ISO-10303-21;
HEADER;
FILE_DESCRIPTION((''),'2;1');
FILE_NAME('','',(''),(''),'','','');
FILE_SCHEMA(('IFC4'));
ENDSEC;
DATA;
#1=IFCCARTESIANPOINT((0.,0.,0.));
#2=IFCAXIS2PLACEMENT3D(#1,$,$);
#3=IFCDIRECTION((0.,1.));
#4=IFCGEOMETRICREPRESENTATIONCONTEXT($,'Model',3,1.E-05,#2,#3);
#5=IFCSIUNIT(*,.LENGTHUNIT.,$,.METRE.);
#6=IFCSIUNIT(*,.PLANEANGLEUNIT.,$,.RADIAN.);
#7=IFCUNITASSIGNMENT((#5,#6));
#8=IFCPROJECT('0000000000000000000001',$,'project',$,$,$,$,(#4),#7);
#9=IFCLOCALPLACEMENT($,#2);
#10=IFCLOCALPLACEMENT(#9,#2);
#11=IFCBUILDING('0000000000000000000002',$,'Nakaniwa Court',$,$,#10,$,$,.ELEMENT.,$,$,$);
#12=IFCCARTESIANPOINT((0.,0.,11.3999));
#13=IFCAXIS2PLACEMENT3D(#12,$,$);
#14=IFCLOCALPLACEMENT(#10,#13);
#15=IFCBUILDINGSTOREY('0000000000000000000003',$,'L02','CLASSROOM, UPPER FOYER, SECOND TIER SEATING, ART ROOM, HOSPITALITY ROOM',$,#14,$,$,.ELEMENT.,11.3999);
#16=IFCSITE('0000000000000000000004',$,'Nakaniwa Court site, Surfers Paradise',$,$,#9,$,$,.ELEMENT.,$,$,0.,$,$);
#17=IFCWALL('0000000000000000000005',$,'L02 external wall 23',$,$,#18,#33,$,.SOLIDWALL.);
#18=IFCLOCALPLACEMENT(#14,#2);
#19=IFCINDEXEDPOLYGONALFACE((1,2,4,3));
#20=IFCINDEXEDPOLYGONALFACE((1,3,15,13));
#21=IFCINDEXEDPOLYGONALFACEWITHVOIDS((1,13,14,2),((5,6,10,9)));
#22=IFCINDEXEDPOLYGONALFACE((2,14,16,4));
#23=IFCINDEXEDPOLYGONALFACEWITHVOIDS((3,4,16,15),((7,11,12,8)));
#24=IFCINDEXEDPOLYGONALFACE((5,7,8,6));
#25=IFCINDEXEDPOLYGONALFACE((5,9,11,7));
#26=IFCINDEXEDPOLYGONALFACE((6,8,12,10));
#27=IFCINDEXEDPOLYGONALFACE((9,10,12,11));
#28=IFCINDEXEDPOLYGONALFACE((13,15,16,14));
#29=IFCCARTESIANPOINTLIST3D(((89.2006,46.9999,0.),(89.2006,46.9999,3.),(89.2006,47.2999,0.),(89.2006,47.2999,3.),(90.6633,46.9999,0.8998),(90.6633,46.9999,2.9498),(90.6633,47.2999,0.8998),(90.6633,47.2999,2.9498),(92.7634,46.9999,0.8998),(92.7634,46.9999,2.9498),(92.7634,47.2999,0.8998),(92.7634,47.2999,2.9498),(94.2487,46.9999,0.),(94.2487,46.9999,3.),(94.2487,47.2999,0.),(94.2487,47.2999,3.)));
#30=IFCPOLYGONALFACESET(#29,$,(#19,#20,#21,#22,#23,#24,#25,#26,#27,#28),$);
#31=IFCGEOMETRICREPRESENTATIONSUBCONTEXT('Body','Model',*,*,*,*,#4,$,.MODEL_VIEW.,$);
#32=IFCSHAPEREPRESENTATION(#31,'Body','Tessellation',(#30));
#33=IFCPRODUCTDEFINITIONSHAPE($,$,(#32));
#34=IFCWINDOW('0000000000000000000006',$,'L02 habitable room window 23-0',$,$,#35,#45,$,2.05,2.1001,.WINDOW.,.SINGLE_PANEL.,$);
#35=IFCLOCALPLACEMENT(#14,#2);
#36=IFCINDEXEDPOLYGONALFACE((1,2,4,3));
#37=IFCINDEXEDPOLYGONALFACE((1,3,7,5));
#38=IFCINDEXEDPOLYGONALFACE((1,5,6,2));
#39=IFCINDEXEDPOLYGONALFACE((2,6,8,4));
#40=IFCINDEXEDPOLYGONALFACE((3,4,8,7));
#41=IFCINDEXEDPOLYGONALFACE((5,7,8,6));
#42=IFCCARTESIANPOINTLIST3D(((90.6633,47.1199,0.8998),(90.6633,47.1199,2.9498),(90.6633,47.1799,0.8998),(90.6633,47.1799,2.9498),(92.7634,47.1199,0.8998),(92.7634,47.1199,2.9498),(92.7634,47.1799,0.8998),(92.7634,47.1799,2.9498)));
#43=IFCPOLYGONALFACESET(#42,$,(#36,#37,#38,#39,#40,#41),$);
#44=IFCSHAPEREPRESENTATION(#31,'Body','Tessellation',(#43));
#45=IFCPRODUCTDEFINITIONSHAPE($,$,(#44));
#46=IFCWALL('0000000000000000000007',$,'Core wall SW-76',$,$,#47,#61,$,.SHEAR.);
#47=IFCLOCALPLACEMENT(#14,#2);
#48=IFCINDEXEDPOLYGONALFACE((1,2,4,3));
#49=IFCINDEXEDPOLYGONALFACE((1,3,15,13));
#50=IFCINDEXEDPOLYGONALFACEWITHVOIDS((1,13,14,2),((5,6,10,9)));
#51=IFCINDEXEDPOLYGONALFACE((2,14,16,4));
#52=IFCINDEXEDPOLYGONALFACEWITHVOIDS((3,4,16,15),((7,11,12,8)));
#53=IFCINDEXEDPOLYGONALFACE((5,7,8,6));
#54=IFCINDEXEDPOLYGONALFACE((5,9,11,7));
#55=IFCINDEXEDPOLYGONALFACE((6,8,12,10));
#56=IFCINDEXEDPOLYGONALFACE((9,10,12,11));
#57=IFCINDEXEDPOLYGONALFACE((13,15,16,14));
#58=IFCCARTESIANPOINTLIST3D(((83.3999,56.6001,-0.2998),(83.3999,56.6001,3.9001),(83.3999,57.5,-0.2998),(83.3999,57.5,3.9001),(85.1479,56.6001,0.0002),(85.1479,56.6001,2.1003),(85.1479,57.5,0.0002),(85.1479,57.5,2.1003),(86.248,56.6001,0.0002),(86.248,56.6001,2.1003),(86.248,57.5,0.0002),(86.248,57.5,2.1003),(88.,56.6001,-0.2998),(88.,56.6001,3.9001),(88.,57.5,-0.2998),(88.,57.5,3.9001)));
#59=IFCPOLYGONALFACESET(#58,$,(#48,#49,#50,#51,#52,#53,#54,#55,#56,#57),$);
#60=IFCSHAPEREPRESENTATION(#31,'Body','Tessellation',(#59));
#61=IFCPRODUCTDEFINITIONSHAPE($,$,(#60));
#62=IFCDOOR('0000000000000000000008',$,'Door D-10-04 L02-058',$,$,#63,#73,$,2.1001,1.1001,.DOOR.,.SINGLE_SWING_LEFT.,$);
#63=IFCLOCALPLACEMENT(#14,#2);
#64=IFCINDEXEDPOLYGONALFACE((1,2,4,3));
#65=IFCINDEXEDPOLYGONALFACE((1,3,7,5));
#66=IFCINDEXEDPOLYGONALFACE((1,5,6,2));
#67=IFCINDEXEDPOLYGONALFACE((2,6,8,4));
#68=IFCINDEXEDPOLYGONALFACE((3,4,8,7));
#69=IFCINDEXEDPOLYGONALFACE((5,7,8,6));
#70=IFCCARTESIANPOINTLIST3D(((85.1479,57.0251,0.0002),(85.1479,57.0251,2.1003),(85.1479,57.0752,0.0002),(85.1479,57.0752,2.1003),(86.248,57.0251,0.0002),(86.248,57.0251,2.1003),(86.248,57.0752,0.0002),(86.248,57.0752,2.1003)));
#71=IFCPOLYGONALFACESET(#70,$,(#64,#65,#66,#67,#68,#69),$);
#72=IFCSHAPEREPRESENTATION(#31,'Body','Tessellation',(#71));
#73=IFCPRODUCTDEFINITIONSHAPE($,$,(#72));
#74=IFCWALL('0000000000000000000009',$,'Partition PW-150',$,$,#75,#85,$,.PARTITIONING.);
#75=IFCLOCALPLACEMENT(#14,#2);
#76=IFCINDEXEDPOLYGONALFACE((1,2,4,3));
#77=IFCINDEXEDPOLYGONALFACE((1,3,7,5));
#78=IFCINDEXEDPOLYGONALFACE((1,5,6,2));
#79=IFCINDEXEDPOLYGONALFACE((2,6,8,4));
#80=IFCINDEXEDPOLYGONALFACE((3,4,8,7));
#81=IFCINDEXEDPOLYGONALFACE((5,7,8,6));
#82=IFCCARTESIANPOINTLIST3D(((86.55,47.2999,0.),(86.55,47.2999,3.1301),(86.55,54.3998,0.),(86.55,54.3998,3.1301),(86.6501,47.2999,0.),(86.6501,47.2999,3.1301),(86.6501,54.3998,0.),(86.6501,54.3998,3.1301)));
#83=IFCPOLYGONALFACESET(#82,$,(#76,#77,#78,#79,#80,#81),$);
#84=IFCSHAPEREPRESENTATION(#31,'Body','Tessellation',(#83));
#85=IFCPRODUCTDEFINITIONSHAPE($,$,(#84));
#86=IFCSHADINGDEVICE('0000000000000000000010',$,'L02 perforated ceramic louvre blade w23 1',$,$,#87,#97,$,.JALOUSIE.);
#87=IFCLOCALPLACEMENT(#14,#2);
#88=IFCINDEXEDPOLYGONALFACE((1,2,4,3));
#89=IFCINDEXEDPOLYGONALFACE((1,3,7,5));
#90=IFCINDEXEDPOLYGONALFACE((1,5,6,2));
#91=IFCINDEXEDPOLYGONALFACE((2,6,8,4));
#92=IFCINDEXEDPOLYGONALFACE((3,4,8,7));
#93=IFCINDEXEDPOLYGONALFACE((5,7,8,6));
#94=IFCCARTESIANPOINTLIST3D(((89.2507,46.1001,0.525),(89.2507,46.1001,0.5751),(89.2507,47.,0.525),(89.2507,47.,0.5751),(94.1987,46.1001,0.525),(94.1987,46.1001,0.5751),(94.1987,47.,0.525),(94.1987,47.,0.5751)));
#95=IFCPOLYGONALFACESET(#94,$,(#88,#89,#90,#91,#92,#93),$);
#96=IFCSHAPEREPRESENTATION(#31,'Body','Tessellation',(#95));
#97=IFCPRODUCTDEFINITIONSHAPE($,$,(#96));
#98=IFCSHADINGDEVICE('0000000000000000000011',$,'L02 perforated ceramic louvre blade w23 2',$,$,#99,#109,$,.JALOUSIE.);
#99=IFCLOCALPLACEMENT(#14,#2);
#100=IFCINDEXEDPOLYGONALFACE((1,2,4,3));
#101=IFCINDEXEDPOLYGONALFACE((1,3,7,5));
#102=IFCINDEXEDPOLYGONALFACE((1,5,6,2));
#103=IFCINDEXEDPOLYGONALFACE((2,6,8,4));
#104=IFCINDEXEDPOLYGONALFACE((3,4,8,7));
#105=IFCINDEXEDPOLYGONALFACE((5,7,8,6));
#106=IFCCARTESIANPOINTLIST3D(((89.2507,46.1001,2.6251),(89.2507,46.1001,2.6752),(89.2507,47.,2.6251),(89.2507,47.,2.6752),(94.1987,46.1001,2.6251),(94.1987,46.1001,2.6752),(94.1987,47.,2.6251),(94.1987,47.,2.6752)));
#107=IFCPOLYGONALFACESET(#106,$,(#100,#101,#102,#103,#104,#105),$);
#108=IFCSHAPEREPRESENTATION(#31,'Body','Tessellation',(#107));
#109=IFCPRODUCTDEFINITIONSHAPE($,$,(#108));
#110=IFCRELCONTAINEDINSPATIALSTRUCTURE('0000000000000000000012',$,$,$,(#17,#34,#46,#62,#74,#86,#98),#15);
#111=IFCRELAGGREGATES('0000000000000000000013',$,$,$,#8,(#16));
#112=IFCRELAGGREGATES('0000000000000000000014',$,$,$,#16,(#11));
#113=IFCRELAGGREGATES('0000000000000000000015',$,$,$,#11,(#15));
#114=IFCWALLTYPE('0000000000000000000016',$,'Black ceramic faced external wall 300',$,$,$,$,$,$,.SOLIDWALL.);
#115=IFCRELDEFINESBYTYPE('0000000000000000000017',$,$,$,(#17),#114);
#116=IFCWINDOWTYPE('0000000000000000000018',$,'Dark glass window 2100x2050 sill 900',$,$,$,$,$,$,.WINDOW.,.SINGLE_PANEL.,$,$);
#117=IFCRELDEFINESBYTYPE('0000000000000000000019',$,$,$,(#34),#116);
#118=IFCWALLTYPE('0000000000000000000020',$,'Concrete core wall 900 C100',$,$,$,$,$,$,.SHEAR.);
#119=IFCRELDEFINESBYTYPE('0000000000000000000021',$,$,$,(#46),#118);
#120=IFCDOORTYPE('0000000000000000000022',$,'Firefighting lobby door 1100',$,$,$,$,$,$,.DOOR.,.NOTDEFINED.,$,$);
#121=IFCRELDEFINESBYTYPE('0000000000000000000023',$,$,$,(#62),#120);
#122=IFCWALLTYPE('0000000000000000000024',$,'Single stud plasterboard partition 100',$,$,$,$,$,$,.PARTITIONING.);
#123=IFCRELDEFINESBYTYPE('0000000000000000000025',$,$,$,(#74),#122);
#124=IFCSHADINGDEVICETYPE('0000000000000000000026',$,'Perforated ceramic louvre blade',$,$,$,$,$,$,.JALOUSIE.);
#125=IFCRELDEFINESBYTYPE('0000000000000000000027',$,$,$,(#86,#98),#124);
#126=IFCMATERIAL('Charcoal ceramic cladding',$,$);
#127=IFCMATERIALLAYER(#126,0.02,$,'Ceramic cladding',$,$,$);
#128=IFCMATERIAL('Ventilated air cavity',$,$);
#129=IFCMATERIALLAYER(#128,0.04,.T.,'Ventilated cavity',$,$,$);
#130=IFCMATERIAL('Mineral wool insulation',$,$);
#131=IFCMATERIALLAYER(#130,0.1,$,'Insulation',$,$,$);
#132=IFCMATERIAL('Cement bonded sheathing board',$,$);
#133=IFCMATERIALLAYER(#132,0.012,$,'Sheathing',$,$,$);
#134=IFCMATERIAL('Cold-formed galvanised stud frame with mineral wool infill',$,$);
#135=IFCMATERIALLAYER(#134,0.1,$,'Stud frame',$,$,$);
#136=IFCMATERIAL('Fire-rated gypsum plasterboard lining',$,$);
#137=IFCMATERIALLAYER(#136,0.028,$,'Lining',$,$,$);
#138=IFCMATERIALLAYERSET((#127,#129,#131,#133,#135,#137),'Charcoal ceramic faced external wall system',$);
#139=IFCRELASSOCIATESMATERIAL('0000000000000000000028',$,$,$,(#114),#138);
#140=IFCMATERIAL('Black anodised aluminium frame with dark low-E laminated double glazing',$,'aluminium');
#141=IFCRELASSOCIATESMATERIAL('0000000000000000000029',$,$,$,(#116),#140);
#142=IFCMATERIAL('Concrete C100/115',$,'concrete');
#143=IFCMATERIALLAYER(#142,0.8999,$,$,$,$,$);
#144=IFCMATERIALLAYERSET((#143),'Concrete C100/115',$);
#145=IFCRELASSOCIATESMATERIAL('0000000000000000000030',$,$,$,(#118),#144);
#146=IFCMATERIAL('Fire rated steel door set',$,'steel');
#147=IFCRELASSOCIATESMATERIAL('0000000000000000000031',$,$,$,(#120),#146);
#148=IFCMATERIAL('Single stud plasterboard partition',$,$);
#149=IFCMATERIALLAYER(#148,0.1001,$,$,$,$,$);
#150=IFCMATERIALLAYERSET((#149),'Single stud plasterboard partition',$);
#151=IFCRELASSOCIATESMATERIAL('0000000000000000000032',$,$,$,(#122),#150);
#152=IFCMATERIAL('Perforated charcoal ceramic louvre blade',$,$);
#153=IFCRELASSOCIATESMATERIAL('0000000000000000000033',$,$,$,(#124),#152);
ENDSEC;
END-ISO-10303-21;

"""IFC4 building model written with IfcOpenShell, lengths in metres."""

from ifc_helpers import new_model, si_unit, direction, frame, frame_2d, origin, origin_2d, place, context, subcontext, project, spatial, rectangle, extrude, material, layer, layer_set, material_profile, profile_set, type_object, element, fill, save


model = new_model("IFC4")

# Units and contexts
model_context = context("Model", 3, precision=1e-05, world=origin(), true_north=direction((0.0, 1.0)))
body_context = subcontext(model_context, "Body", "Model", "MODEL_VIEW")
ifc_project = project(units=[si_unit("LENGTHUNIT", "METRE"), si_unit("PLANEANGLEUNIT", "RADIAN")], contexts=[model_context])

# Site, building, storey
site_placement = place(None, origin())
site = spatial("IfcSite", under=ifc_project, at=site_placement, Name="Nakaniwa Court site, Surfers Paradise", CompositionType="ELEMENT", RefElevation=0.0)
building_placement = place(site_placement, origin())
building = spatial("IfcBuilding", under=site, at=building_placement, Name="Nakaniwa Court", CompositionType="ELEMENT")
storey_placement = place(building_placement, frame((0.0, 0.0, 11.3999)))
storey = spatial("IfcBuildingStorey", under=building, at=storey_placement, Name="L02", Description="CLASSROOM, UPPER FOYER, SECOND TIER SEATING, ART ROOM, HOSPITALITY ROOM", CompositionType="ELEMENT", Elevation=11.3999)

# Shared definitions
ifc_material_1 = material(Name="Concrete C100/115", Category="concrete")

# Wall, opening, window
ifc_material_2 = material(Name="Charcoal ceramic cladding")
ifc_layer_1 = layer(ifc_material_2, 0.02, Name="Ceramic cladding")
ifc_material_3 = material(Name="Ventilated air cavity")
ifc_layer_2 = layer(ifc_material_3, 0.04, ventilated=True, Name="Ventilated cavity")
ifc_material_4 = material(Name="Mineral wool insulation")
ifc_layer_3 = layer(ifc_material_4, 0.1, Name="Insulation")
ifc_material_5 = material(Name="Cement bonded sheathing board")
ifc_layer_4 = layer(ifc_material_5, 0.012, Name="Sheathing")
ifc_material_6 = material(Name="Cold-formed galvanised stud frame with mineral wool infill")
ifc_layer_5 = layer(ifc_material_6, 0.1, Name="Stud frame")
ifc_material_7 = material(Name="Fire-rated gypsum plasterboard lining")
ifc_layer_6 = layer(ifc_material_7, 0.028, Name="Lining")
ifc_layer_set_1 = layer_set([ifc_layer_1, ifc_layer_2, ifc_layer_3, ifc_layer_4, ifc_layer_5, ifc_layer_6], Name="Charcoal ceramic faced external wall system")
wall_type_1 = type_object("IfcWallType", Name="Black ceramic faced external wall 300", PredefinedType="SOLIDWALL", material=ifc_layer_set_1)
wall_1_placement = place(storey_placement, frame((89.2007, 47.1499, 0.0), z_axis=(0.0, 0.0, 1.0), x_axis=(1.0, 0.0, 0.0)))
wall_1 = element("IfcWall", 1, at=wall_1_placement, inside=storey, type_object=wall_type_1, Name="L02 external wall 23", PredefinedType="SOLIDWALL", context=body_context, shape_type="SweptSolid", body=[
    extrude(rectangle(XDim=5.0481, YDim=0.3, at=frame_2d((2.5239, 0.0))), origin(), (0.0, 0.0, 1.0), 3.0),
])
opening_1_placement = place(wall_1_placement, frame((1.4626, 0.0, 0.8999)))
opening_1 = element("IfcOpeningElement", 2, at=opening_1_placement, cuts=wall_1, PredefinedType="OPENING", context=body_context, shape_type="SweptSolid", body=[
    extrude(rectangle(XDim=2.1001, YDim=2.05, at=frame_2d((1.05, 1.0249))), frame((0.0, 0.1599, 0.0), z_axis=(0.0, -1.0, 0.0), x_axis=(1.0, 0.0, 0.0)), (0.0, 0.0, 1.0), 0.3201),
])
ifc_material_8 = material(Name="Black anodised aluminium frame with dark low-E laminated double glazing", Category="aluminium")
window_type = type_object("IfcWindowType", Name="Dark glass window 2100x2050 sill 900", PartitioningType="SINGLE_PANEL", PredefinedType="WINDOW", material=ifc_material_8)
window_placement = place(opening_1_placement, origin())
window = element("IfcWindow", 3, at=window_placement, inside=storey, type_object=window_type, Name="L02 habitable room window 23-0", OverallHeight=2.05, OverallWidth=2.1001, PartitioningType="SINGLE_PANEL", PredefinedType="WINDOW", context=body_context, shape_type="SweptSolid", body=[
    extrude(rectangle(XDim=2.1001, YDim=2.05, at=frame_2d((1.05, 1.0249))), frame((0.0, 0.03, 0.0), z_axis=(0.0, -1.0, 0.0), x_axis=(1.0, 0.0, 0.0)), (0.0, 0.0, 1.0), 0.0601),
])
fill(opening_1, window)

# Wall, opening, door
ifc_layer_7 = layer(ifc_material_1, 0.8999)
ifc_layer_set_2 = layer_set([ifc_layer_7], Name="Concrete C100/115")
wall_type_2 = type_object("IfcWallType", Name="Concrete core wall 900 C100", PredefinedType="SHEAR", material=ifc_layer_set_2)
wall_2_placement = place(storey_placement, frame((88.0, 57.05, -0.2998), z_axis=(0.0, 0.0, 1.0), x_axis=(-1.0, 0.0, 0.0)))
wall_2 = element("IfcWall", 4, at=wall_2_placement, inside=storey, type_object=wall_type_2, Name="Core wall SW-76", PredefinedType="SHEAR", context=body_context, shape_type="SweptSolid", body=[
    extrude(rectangle(XDim=4.6001, YDim=0.8999, at=frame_2d((2.3, 0.0))), origin(), (0.0, 0.0, 1.0), 4.2),
])
opening_2_placement = place(wall_2_placement, frame((1.752, 0.0, 0.3)))
opening_2 = element("IfcOpeningElement", 5, at=opening_2_placement, cuts=wall_2, PredefinedType="OPENING", context=body_context, shape_type="SweptSolid", body=[
    extrude(rectangle(XDim=1.1001, YDim=2.1001, at=frame_2d((0.55, 1.05))), frame((0.0, 0.46, 0.0), z_axis=(0.0, -1.0, 0.0), x_axis=(1.0, 0.0, 0.0)), (0.0, 0.0, 1.0), 0.9199),
])
ifc_material_9 = material(Name="Fire rated steel door set", Category="steel")
door_type_1 = type_object("IfcDoorType", Name="Firefighting lobby door 1100", OperationType="NOTDEFINED", PredefinedType="DOOR", material=ifc_material_9)
door_1_placement = place(opening_2_placement, origin())
door_1 = element("IfcDoor", 6, at=door_1_placement, inside=storey, type_object=door_type_1, Name="Door D-10-04 L02-058", OperationType="SINGLE_SWING_LEFT", OverallHeight=2.1001, OverallWidth=1.1001, PredefinedType="DOOR", context=body_context, shape_type="SweptSolid", body=[
    extrude(rectangle(XDim=1.1001, YDim=2.1001, at=frame_2d((0.55, 1.05))), frame((0.0, 0.0249, 0.0), z_axis=(0.0, -1.0, 0.0), x_axis=(1.0, 0.0, 0.0)), (0.0, 0.0, 1.0), 0.05),
])
fill(opening_2, door_1)

# Wall
ifc_material_10 = material(Name="Single stud plasterboard partition")
ifc_layer_8 = layer(ifc_material_10, 0.1001)
ifc_layer_set_3 = layer_set([ifc_layer_8], Name="Single stud plasterboard partition")
wall_type_3 = type_object("IfcWallType", Name="Single stud plasterboard partition 100", PredefinedType="PARTITIONING", material=ifc_layer_set_3)
wall_3_placement = place(storey_placement, frame((86.6001, 47.3, 0.0), z_axis=(0.0, 0.0, 1.0), x_axis=(0.0, 1.0, 0.0)))
element("IfcWall", 7, at=wall_3_placement, inside=storey, type_object=wall_type_3, Name="Partition PW-150", PredefinedType="PARTITIONING", context=body_context, shape_type="SweptSolid", body=[
    extrude(rectangle(XDim=7.0999, YDim=0.1001, at=frame_2d((3.5498, 0.0))), origin(), (0.0, 0.0, 1.0), 3.1301),
])

# Shading devices
ifc_material_11 = material(Name="Perforated charcoal ceramic louvre blade")
ifc_material_profile_1 = material_profile(ifc_material_11, rectangle(XDim=0.8999, YDim=0.05, at=origin_2d()), Name="Perforated ceramic louvre blade")
ifc_profile_set_1 = profile_set([ifc_material_profile_1], Name="Perforated charcoal ceramic louvre blade")
shading_device_type = type_object("IfcShadingDeviceType", Name="Perforated ceramic louvre blade", PredefinedType="JALOUSIE", material=ifc_profile_set_1)
for number, where, z_axis, x_axis, name in (
    (8, (89.2507, 46.55, 0.55), (1.0, 0.0, 0.0), (0.0, 1.0, 0.0), "L02 perforated ceramic louvre blade w23 1"),
    (9, (89.2507, 46.55, 2.6501), (1.0, 0.0, 0.0), (0.0, 1.0, 0.0), "L02 perforated ceramic louvre blade w23 2"),
):
    element("IfcShadingDevice", number, at=place(storey_placement, frame(where, z_axis=z_axis, x_axis=x_axis)), inside=storey, type_object=shading_device_type, Name=name, PredefinedType="JALOUSIE", context=body_context, shape_type="SweptSolid", body=[
        extrude(rectangle(XDim=0.8999, YDim=0.05, at=origin_2d()), origin(), (0.0, 0.0, 1.0), 4.948),
    ])

save(model, "model.ifc")
